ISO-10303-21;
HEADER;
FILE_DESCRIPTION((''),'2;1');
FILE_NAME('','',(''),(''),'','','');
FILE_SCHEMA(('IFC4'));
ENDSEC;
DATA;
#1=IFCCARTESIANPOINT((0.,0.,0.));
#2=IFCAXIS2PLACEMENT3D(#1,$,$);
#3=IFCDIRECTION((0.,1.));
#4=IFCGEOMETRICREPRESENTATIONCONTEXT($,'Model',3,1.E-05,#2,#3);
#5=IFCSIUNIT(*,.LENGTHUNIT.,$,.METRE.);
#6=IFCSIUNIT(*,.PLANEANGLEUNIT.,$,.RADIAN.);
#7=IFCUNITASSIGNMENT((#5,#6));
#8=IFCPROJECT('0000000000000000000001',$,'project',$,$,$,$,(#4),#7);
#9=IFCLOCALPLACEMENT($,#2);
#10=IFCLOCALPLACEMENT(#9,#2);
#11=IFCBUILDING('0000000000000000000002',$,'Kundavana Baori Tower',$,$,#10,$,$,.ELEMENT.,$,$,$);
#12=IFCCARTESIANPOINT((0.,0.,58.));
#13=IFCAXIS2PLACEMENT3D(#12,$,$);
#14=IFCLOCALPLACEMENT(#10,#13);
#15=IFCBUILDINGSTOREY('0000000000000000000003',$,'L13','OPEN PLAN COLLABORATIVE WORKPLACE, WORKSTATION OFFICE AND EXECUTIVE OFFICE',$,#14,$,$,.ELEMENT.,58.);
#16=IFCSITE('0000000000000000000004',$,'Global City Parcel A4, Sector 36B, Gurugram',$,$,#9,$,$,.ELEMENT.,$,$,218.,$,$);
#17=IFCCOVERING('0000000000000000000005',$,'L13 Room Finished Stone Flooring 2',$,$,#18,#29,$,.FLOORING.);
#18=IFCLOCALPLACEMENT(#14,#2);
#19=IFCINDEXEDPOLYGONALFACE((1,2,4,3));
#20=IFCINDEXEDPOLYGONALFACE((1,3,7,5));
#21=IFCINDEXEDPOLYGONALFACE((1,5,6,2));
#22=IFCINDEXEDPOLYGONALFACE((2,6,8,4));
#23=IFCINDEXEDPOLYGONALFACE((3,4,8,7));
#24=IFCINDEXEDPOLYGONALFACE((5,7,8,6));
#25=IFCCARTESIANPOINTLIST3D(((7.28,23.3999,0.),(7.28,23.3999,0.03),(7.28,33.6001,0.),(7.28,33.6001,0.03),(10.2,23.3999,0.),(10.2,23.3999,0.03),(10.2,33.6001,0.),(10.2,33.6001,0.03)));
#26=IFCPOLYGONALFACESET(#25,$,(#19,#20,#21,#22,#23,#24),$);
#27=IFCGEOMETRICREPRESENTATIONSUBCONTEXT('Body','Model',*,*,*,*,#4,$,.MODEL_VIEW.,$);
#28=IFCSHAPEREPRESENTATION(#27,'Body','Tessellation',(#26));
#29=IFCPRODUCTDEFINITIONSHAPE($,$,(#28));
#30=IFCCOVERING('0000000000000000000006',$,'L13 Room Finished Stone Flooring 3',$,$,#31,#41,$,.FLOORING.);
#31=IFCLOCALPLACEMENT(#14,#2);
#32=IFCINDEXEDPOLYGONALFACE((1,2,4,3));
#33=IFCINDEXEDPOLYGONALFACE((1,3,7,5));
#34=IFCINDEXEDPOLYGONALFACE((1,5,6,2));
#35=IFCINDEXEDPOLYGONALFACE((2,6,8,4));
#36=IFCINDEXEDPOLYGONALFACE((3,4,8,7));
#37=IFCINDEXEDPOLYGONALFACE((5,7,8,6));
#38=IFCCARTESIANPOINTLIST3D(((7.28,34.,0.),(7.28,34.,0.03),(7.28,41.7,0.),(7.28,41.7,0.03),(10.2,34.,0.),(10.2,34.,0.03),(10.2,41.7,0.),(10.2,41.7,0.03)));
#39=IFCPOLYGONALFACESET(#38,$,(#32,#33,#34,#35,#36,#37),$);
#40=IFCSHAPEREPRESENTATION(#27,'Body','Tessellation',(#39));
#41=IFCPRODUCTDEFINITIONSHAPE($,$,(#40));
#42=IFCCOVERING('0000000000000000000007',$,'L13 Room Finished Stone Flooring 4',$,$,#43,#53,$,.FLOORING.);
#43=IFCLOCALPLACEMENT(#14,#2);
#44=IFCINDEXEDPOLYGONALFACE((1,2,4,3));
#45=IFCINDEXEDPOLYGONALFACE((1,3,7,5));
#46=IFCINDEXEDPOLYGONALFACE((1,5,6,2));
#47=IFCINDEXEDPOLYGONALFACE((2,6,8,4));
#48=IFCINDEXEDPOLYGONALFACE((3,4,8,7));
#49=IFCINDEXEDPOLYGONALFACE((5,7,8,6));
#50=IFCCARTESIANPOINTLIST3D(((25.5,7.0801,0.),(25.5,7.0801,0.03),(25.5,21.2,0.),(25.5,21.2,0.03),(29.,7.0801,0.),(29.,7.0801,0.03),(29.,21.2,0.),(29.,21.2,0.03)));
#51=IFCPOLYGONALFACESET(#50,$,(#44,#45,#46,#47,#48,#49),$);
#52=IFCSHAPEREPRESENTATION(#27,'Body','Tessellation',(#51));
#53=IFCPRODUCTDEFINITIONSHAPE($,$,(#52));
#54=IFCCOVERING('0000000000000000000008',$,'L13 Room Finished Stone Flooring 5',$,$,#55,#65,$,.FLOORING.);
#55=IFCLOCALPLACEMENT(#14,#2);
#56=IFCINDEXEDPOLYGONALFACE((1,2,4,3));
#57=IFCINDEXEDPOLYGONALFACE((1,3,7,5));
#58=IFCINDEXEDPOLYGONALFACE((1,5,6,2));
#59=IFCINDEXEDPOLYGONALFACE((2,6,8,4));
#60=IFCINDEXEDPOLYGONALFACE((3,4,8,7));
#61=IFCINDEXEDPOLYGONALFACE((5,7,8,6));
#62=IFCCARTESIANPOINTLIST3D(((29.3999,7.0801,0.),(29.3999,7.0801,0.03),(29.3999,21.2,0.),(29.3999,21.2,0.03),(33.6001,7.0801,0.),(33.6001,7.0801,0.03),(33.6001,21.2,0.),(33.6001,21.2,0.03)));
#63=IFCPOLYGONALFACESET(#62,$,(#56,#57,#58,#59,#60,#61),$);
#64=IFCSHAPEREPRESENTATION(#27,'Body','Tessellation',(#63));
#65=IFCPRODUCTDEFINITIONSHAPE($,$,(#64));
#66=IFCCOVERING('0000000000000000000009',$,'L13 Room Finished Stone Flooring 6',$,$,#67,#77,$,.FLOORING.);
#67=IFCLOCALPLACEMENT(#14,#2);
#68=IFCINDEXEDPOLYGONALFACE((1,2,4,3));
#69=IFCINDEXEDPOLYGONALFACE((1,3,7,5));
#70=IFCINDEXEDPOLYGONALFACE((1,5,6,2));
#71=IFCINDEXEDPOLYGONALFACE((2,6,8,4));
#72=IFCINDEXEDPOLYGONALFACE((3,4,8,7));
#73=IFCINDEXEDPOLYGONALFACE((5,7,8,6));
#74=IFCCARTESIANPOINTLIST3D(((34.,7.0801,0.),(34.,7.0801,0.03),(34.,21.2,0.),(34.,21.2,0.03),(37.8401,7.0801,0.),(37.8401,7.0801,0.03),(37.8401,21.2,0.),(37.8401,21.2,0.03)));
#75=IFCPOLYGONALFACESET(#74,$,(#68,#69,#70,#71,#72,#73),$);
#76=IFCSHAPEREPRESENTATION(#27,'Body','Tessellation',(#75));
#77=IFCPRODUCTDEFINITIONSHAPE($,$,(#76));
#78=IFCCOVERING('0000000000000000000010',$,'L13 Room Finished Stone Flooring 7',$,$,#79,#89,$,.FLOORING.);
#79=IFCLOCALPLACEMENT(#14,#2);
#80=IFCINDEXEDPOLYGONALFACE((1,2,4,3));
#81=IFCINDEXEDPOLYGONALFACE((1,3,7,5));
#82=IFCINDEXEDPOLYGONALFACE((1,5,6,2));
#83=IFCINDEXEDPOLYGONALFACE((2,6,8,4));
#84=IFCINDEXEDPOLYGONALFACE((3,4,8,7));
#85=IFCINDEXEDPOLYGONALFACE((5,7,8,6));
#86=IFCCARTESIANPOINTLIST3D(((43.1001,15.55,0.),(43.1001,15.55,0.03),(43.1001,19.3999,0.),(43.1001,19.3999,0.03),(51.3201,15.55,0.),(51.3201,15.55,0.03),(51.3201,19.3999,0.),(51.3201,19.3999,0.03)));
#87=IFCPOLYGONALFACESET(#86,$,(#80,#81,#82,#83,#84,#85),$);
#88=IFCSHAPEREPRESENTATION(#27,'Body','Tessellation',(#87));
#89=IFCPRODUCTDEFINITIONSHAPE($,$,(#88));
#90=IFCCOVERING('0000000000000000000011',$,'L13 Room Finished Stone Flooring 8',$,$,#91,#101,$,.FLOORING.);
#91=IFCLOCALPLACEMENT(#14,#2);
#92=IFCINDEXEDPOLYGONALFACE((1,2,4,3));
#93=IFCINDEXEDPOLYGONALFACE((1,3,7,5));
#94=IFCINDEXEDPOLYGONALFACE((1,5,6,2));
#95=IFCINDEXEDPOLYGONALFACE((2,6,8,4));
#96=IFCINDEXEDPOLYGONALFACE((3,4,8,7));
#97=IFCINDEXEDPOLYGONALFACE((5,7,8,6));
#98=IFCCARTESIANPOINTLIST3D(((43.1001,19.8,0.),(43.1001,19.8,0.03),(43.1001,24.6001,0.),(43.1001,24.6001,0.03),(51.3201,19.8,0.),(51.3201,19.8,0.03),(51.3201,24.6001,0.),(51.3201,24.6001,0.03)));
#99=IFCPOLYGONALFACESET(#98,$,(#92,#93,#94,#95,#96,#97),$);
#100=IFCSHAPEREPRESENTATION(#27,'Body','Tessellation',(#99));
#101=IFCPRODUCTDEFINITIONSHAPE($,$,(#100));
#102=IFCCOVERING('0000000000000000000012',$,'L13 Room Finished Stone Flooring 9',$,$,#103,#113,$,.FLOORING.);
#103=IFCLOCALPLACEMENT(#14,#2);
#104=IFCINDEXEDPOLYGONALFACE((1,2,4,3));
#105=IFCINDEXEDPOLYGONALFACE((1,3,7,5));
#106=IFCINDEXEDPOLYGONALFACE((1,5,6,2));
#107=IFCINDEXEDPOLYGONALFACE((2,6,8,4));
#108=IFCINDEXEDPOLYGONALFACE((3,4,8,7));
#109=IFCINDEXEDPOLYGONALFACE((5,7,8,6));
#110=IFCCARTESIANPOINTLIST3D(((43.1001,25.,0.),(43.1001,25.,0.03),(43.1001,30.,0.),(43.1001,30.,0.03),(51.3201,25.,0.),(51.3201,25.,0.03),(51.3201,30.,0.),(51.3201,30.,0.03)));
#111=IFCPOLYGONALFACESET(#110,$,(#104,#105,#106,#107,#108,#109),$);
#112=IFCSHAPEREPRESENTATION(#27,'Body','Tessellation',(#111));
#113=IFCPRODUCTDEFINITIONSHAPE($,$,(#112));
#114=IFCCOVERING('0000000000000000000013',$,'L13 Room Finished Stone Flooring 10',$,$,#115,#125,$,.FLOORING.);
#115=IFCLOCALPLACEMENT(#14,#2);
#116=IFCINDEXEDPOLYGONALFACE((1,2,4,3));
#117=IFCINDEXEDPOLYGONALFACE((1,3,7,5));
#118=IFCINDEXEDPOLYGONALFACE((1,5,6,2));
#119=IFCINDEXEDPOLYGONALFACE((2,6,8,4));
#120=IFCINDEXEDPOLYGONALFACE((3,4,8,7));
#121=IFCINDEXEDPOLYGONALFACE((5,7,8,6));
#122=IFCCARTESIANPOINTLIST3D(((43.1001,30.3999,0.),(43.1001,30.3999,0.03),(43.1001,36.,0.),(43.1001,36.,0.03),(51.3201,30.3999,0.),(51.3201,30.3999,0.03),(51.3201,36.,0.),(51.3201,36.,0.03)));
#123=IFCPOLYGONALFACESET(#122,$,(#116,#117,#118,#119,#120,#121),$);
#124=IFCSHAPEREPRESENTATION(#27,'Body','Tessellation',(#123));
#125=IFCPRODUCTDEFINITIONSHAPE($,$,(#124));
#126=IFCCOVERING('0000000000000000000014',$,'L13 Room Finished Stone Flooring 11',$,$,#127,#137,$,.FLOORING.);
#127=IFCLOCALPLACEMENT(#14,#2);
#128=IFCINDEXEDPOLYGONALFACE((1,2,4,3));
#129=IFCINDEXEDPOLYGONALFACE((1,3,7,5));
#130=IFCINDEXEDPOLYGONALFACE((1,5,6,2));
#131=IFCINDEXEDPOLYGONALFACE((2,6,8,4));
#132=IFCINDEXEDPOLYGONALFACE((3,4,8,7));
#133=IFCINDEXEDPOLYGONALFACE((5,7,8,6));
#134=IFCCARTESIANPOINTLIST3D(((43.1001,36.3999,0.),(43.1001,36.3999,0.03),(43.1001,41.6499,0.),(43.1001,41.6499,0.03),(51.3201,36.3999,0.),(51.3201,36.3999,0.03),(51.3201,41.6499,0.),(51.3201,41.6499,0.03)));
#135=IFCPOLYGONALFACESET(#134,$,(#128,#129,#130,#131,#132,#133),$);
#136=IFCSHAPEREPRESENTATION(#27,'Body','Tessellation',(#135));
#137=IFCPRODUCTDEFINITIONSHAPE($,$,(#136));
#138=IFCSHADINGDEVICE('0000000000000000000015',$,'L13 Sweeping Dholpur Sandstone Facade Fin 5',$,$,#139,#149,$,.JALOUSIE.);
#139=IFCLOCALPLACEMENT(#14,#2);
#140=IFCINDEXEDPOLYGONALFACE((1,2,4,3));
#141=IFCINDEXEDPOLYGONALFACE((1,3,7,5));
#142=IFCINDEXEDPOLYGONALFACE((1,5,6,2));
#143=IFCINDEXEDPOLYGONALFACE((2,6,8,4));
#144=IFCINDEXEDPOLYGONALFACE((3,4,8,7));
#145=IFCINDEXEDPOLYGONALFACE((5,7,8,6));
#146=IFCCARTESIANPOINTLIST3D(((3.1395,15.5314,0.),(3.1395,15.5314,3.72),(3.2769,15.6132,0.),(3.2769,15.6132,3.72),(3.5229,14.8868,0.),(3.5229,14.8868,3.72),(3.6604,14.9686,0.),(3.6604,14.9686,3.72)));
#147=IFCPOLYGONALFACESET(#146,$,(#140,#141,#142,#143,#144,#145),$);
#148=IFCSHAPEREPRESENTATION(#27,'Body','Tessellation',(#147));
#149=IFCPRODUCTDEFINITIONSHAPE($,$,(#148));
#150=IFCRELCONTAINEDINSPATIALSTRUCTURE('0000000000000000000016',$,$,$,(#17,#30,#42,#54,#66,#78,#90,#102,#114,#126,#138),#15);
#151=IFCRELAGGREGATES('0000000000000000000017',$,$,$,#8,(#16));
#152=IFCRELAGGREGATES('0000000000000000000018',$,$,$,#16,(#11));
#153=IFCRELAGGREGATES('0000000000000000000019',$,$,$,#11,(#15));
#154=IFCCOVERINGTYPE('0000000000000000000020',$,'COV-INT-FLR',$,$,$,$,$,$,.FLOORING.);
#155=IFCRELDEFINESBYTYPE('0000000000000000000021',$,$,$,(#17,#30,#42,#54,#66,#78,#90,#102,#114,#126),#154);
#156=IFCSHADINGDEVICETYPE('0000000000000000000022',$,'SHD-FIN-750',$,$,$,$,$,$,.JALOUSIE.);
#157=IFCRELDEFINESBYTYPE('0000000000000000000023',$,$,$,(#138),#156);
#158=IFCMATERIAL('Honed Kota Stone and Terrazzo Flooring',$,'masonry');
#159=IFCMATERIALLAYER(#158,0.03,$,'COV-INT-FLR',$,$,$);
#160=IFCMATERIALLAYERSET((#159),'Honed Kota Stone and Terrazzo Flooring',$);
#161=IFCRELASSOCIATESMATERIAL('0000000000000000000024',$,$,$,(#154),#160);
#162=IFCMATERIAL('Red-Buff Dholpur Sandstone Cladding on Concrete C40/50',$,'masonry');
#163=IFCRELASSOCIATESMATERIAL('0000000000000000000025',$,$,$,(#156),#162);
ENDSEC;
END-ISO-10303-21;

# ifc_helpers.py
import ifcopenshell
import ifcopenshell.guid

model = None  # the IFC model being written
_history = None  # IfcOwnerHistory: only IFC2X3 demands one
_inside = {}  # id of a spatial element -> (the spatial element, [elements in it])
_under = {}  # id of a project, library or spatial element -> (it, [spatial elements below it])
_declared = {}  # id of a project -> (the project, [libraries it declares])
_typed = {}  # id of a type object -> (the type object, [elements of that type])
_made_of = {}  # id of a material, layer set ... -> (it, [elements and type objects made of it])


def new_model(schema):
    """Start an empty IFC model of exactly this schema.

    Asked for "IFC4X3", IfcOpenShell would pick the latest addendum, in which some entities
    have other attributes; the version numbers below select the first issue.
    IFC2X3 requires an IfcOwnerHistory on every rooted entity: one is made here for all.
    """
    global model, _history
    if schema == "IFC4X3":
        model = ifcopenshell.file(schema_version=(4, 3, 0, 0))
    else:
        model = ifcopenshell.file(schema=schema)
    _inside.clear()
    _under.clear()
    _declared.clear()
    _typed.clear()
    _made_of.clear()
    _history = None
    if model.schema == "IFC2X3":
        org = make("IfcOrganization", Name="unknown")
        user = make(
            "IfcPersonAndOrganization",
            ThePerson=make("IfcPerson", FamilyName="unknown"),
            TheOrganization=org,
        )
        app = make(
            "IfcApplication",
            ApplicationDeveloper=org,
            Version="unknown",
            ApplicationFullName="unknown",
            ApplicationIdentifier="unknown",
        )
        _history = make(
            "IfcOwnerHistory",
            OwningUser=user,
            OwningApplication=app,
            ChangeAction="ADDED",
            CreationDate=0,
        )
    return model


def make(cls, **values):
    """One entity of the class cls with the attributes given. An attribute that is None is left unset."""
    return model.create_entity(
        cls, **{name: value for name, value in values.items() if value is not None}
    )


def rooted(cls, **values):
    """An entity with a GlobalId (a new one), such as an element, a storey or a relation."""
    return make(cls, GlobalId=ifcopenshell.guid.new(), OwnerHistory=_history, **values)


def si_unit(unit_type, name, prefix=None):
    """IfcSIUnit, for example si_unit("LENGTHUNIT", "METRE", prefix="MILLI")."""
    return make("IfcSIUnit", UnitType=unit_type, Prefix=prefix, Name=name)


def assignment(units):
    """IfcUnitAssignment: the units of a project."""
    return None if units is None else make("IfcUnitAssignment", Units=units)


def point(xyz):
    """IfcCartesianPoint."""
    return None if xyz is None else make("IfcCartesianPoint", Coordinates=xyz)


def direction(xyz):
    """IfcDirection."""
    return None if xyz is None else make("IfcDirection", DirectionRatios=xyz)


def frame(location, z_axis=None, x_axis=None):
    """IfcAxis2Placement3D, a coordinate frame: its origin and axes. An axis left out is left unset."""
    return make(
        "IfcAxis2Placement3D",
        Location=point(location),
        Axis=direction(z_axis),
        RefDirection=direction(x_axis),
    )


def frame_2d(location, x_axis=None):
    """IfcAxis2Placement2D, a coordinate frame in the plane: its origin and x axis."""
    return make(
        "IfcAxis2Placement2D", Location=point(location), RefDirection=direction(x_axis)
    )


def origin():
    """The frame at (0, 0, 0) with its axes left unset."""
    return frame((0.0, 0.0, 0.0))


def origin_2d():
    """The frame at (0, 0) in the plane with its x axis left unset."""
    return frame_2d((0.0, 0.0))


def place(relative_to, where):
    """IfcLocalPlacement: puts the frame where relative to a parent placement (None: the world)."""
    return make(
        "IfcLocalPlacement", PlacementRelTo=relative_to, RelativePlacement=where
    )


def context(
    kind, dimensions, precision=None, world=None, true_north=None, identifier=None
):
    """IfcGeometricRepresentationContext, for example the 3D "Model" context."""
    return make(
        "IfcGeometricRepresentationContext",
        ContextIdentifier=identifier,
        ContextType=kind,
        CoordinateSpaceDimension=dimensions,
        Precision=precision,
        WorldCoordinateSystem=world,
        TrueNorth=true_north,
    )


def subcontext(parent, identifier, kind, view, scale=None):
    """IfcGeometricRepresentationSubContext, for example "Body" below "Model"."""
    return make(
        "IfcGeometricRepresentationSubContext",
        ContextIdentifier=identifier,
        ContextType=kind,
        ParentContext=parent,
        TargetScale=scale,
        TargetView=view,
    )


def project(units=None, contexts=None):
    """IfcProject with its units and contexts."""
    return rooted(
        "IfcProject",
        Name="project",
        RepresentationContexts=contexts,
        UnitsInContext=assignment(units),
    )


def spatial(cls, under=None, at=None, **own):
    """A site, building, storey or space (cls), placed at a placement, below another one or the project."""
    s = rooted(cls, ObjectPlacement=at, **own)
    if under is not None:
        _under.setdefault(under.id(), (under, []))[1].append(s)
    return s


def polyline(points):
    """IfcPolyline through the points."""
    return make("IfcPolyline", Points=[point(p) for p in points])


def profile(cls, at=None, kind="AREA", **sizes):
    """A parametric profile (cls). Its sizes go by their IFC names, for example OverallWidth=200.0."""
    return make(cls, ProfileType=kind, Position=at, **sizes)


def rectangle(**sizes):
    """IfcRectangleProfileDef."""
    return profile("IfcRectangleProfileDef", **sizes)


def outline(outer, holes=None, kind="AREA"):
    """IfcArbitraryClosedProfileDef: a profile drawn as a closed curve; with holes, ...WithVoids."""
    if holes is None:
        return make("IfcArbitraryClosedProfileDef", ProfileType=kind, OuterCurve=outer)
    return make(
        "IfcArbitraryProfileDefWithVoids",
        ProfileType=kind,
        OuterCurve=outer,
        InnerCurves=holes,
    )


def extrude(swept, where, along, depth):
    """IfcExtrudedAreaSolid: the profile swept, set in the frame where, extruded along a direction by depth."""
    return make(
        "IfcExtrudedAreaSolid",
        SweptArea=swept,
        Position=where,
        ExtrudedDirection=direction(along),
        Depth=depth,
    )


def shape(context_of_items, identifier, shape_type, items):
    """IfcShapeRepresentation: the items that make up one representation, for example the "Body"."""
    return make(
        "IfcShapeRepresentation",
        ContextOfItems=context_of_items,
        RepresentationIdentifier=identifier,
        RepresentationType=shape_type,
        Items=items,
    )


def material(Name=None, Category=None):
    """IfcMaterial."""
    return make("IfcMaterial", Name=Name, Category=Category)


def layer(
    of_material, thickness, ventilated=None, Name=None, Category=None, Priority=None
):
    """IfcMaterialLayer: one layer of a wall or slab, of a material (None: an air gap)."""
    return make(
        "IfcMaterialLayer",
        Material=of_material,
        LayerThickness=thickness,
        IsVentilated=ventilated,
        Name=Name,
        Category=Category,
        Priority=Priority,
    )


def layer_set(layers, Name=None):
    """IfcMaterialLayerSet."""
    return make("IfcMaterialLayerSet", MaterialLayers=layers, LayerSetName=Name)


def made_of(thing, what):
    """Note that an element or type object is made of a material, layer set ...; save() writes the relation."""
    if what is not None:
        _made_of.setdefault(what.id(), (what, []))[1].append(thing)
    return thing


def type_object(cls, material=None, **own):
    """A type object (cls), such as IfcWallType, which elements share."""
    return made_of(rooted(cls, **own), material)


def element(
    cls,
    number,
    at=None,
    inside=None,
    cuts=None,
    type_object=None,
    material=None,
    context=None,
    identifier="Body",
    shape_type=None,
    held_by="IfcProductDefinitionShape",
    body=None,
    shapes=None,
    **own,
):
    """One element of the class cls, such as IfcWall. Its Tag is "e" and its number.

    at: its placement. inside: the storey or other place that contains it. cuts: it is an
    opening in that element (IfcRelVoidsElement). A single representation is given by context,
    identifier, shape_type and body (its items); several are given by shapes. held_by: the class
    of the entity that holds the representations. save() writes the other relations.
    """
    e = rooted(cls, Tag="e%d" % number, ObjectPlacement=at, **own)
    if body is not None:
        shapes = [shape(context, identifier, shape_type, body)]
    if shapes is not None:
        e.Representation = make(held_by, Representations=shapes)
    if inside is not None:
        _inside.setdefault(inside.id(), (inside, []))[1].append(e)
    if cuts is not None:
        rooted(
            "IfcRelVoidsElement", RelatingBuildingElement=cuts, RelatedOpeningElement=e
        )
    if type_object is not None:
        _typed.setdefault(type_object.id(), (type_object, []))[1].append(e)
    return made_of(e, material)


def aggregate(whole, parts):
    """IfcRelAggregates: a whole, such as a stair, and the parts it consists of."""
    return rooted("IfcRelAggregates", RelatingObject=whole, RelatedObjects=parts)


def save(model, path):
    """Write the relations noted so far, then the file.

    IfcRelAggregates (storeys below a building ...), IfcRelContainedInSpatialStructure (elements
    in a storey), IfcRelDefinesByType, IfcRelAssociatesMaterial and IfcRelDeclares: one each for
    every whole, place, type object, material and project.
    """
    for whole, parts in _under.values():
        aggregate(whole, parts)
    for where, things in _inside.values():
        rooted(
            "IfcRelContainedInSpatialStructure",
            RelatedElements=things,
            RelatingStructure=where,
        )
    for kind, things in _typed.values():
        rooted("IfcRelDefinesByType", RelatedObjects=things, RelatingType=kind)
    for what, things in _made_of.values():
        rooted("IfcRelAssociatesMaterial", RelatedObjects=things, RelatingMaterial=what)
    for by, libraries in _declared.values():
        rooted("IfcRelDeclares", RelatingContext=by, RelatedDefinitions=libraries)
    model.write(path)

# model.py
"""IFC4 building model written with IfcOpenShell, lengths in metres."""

from ifc_helpers import new_model, si_unit, direction, frame, origin, origin_2d, place, context, subcontext, project, spatial, polyline, rectangle, outline, extrude, material, layer, layer_set, type_object, element, save


model = new_model("IFC4")

# Units and contexts
model_context = context("Model", 3, precision=1e-05, world=origin(), true_north=direction((0.0, 1.0)))
body_context = subcontext(model_context, "Body", "Model", "MODEL_VIEW")
ifc_project = project(units=[si_unit("LENGTHUNIT", "METRE"), si_unit("PLANEANGLEUNIT", "RADIAN")], contexts=[model_context])

# Site, building, storey
site_placement = place(None, origin())
site = spatial("IfcSite", under=ifc_project, at=site_placement, Name="Global City Parcel A4, Sector 36B, Gurugram", CompositionType="ELEMENT", RefElevation=218.0)
building_placement = place(site_placement, origin())
building = spatial("IfcBuilding", under=site, at=building_placement, Name="Kundavana Baori Tower", CompositionType="ELEMENT")
storey_placement = place(building_placement, frame((0.0, 0.0, 58.0)))
storey = spatial("IfcBuildingStorey", under=building, at=storey_placement, Name="L13", Description="OPEN PLAN COLLABORATIVE WORKPLACE, WORKSTATION OFFICE AND EXECUTIVE OFFICE", CompositionType="ELEMENT", Elevation=58.0)

# Coverings
ifc_material_1 = material(Name="Honed Kota Stone and Terrazzo Flooring", Category="masonry")
ifc_layer_1 = layer(ifc_material_1, 0.03, Name="COV-INT-FLR")
ifc_layer_set_1 = layer_set([ifc_layer_1], Name="Honed Kota Stone and Terrazzo Flooring")
covering_type_1 = type_object("IfcCoveringType", Name="COV-INT-FLR", PredefinedType="FLOORING", material=ifc_layer_set_1)
covering_1_placement = place(storey_placement, origin())
element("IfcCovering", 1, at=covering_1_placement, inside=storey, type_object=covering_type_1, Name="L13 Room Finished Stone Flooring 2", PredefinedType="FLOORING", context=body_context, shape_type="SweptSolid", body=[
    extrude(outline(polyline([(7.28, 23.3999), (10.2, 23.3999), (10.2, 33.6001), (7.28, 33.6001), (7.28, 23.3999)])), origin(), (0.0, 0.0, 1.0), 0.03),
])
covering_2_placement = place(storey_placement, origin())
element("IfcCovering", 2, at=covering_2_placement, inside=storey, type_object=covering_type_1, Name="L13 Room Finished Stone Flooring 3", PredefinedType="FLOORING", context=body_context, shape_type="SweptSolid", body=[
    extrude(outline(polyline([(7.28, 34.0), (10.2, 34.0), (10.2, 41.7), (7.28, 41.7), (7.28, 34.0)])), origin(), (0.0, 0.0, 1.0), 0.03),
])
covering_3_placement = place(storey_placement, origin())
element("IfcCovering", 3, at=covering_3_placement, inside=storey, type_object=covering_type_1, Name="L13 Room Finished Stone Flooring 4", PredefinedType="FLOORING", context=body_context, shape_type="SweptSolid", body=[
    extrude(outline(polyline([(25.5, 7.0801), (29.0, 7.0801), (29.0, 21.2), (25.5, 21.2), (25.5, 7.0801)])), origin(), (0.0, 0.0, 1.0), 0.03),
])
covering_4_placement = place(storey_placement, origin())
element("IfcCovering", 4, at=covering_4_placement, inside=storey, type_object=covering_type_1, Name="L13 Room Finished Stone Flooring 5", PredefinedType="FLOORING", context=body_context, shape_type="SweptSolid", body=[
    extrude(outline(polyline([(29.3999, 7.0801), (33.6001, 7.0801), (33.6001, 21.2), (29.3999, 21.2), (29.3999, 7.0801)])), origin(), (0.0, 0.0, 1.0), 0.03),
])
covering_5_placement = place(storey_placement, origin())
element("IfcCovering", 5, at=covering_5_placement, inside=storey, type_object=covering_type_1, Name="L13 Room Finished Stone Flooring 6", PredefinedType="FLOORING", context=body_context, shape_type="SweptSolid", body=[
    extrude(outline(polyline([(34.0, 7.0801), (37.8401, 7.0801), (37.8401, 21.2), (34.0, 21.2), (34.0, 7.0801)])), origin(), (0.0, 0.0, 1.0), 0.03),
])
covering_6_placement = place(storey_placement, origin())
element("IfcCovering", 6, at=covering_6_placement, inside=storey, type_object=covering_type_1, Name="L13 Room Finished Stone Flooring 7", PredefinedType="FLOORING", context=body_context, shape_type="SweptSolid", body=[
    extrude(outline(polyline([(43.1001, 15.55), (51.3201, 15.55), (51.3201, 19.3999), (43.1001, 19.3999), (43.1001, 15.55)])), origin(), (0.0, 0.0, 1.0), 0.03),
])
covering_7_placement = place(storey_placement, origin())
element("IfcCovering", 7, at=covering_7_placement, inside=storey, type_object=covering_type_1, Name="L13 Room Finished Stone Flooring 8", PredefinedType="FLOORING", context=body_context, shape_type="SweptSolid", body=[
    extrude(outline(polyline([(43.1001, 19.8), (51.3201, 19.8), (51.3201, 24.6001), (43.1001, 24.6001), (43.1001, 19.8)])), origin(), (0.0, 0.0, 1.0), 0.03),
])
covering_8_placement = place(storey_placement, origin())
element("IfcCovering", 8, at=covering_8_placement, inside=storey, type_object=covering_type_1, Name="L13 Room Finished Stone Flooring 9", PredefinedType="FLOORING", context=body_context, shape_type="SweptSolid", body=[
    extrude(outline(polyline([(43.1001, 25.0), (51.3201, 25.0), (51.3201, 30.0), (43.1001, 30.0), (43.1001, 25.0)])), origin(), (0.0, 0.0, 1.0), 0.03),
])
covering_9_placement = place(storey_placement, origin())
element("IfcCovering", 9, at=covering_9_placement, inside=storey, type_object=covering_type_1, Name="L13 Room Finished Stone Flooring 10", PredefinedType="FLOORING", context=body_context, shape_type="SweptSolid", body=[
    extrude(outline(polyline([(43.1001, 30.3999), (51.3201, 30.3999), (51.3201, 36.0), (43.1001, 36.0), (43.1001, 30.3999)])), origin(), (0.0, 0.0, 1.0), 0.03),
])
covering_10_placement = place(storey_placement, origin())
element("IfcCovering", 10, at=covering_10_placement, inside=storey, type_object=covering_type_1, Name="L13 Room Finished Stone Flooring 11", PredefinedType="FLOORING", context=body_context, shape_type="SweptSolid", body=[
    extrude(outline(polyline([(43.1001, 36.3999), (51.3201, 36.3999), (51.3201, 41.6499), (43.1001, 41.6499), (43.1001, 36.3999)])), origin(), (0.0, 0.0, 1.0), 0.03),
])

# Shading device
ifc_material_2 = material(Name="Red-Buff Dholpur Sandstone Cladding on Concrete C40/50", Category="masonry")
shading_device_type = type_object("IfcShadingDeviceType", Name="SHD-FIN-750", PredefinedType="JALOUSIE", material=ifc_material_2)
shading_device_placement = place(storey_placement, frame((3.3999, 15.25, 0.0), z_axis=(0.0, 0.0, 1.0), x_axis=(0.859406, 0.511293, 0.0)))
element("IfcShadingDevice", 11, at=shading_device_placement, inside=storey, type_object=shading_device_type, Name="L13 Sweeping Dholpur Sandstone Facade Fin 5", PredefinedType="JALOUSIE", context=body_context, shape_type="SweptSolid", body=[
    extrude(rectangle(XDim=0.1599, YDim=0.75, at=origin_2d()), origin(), (0.0, 0.0, 1.0), 3.72),
])

save(model, "model.ifc")
